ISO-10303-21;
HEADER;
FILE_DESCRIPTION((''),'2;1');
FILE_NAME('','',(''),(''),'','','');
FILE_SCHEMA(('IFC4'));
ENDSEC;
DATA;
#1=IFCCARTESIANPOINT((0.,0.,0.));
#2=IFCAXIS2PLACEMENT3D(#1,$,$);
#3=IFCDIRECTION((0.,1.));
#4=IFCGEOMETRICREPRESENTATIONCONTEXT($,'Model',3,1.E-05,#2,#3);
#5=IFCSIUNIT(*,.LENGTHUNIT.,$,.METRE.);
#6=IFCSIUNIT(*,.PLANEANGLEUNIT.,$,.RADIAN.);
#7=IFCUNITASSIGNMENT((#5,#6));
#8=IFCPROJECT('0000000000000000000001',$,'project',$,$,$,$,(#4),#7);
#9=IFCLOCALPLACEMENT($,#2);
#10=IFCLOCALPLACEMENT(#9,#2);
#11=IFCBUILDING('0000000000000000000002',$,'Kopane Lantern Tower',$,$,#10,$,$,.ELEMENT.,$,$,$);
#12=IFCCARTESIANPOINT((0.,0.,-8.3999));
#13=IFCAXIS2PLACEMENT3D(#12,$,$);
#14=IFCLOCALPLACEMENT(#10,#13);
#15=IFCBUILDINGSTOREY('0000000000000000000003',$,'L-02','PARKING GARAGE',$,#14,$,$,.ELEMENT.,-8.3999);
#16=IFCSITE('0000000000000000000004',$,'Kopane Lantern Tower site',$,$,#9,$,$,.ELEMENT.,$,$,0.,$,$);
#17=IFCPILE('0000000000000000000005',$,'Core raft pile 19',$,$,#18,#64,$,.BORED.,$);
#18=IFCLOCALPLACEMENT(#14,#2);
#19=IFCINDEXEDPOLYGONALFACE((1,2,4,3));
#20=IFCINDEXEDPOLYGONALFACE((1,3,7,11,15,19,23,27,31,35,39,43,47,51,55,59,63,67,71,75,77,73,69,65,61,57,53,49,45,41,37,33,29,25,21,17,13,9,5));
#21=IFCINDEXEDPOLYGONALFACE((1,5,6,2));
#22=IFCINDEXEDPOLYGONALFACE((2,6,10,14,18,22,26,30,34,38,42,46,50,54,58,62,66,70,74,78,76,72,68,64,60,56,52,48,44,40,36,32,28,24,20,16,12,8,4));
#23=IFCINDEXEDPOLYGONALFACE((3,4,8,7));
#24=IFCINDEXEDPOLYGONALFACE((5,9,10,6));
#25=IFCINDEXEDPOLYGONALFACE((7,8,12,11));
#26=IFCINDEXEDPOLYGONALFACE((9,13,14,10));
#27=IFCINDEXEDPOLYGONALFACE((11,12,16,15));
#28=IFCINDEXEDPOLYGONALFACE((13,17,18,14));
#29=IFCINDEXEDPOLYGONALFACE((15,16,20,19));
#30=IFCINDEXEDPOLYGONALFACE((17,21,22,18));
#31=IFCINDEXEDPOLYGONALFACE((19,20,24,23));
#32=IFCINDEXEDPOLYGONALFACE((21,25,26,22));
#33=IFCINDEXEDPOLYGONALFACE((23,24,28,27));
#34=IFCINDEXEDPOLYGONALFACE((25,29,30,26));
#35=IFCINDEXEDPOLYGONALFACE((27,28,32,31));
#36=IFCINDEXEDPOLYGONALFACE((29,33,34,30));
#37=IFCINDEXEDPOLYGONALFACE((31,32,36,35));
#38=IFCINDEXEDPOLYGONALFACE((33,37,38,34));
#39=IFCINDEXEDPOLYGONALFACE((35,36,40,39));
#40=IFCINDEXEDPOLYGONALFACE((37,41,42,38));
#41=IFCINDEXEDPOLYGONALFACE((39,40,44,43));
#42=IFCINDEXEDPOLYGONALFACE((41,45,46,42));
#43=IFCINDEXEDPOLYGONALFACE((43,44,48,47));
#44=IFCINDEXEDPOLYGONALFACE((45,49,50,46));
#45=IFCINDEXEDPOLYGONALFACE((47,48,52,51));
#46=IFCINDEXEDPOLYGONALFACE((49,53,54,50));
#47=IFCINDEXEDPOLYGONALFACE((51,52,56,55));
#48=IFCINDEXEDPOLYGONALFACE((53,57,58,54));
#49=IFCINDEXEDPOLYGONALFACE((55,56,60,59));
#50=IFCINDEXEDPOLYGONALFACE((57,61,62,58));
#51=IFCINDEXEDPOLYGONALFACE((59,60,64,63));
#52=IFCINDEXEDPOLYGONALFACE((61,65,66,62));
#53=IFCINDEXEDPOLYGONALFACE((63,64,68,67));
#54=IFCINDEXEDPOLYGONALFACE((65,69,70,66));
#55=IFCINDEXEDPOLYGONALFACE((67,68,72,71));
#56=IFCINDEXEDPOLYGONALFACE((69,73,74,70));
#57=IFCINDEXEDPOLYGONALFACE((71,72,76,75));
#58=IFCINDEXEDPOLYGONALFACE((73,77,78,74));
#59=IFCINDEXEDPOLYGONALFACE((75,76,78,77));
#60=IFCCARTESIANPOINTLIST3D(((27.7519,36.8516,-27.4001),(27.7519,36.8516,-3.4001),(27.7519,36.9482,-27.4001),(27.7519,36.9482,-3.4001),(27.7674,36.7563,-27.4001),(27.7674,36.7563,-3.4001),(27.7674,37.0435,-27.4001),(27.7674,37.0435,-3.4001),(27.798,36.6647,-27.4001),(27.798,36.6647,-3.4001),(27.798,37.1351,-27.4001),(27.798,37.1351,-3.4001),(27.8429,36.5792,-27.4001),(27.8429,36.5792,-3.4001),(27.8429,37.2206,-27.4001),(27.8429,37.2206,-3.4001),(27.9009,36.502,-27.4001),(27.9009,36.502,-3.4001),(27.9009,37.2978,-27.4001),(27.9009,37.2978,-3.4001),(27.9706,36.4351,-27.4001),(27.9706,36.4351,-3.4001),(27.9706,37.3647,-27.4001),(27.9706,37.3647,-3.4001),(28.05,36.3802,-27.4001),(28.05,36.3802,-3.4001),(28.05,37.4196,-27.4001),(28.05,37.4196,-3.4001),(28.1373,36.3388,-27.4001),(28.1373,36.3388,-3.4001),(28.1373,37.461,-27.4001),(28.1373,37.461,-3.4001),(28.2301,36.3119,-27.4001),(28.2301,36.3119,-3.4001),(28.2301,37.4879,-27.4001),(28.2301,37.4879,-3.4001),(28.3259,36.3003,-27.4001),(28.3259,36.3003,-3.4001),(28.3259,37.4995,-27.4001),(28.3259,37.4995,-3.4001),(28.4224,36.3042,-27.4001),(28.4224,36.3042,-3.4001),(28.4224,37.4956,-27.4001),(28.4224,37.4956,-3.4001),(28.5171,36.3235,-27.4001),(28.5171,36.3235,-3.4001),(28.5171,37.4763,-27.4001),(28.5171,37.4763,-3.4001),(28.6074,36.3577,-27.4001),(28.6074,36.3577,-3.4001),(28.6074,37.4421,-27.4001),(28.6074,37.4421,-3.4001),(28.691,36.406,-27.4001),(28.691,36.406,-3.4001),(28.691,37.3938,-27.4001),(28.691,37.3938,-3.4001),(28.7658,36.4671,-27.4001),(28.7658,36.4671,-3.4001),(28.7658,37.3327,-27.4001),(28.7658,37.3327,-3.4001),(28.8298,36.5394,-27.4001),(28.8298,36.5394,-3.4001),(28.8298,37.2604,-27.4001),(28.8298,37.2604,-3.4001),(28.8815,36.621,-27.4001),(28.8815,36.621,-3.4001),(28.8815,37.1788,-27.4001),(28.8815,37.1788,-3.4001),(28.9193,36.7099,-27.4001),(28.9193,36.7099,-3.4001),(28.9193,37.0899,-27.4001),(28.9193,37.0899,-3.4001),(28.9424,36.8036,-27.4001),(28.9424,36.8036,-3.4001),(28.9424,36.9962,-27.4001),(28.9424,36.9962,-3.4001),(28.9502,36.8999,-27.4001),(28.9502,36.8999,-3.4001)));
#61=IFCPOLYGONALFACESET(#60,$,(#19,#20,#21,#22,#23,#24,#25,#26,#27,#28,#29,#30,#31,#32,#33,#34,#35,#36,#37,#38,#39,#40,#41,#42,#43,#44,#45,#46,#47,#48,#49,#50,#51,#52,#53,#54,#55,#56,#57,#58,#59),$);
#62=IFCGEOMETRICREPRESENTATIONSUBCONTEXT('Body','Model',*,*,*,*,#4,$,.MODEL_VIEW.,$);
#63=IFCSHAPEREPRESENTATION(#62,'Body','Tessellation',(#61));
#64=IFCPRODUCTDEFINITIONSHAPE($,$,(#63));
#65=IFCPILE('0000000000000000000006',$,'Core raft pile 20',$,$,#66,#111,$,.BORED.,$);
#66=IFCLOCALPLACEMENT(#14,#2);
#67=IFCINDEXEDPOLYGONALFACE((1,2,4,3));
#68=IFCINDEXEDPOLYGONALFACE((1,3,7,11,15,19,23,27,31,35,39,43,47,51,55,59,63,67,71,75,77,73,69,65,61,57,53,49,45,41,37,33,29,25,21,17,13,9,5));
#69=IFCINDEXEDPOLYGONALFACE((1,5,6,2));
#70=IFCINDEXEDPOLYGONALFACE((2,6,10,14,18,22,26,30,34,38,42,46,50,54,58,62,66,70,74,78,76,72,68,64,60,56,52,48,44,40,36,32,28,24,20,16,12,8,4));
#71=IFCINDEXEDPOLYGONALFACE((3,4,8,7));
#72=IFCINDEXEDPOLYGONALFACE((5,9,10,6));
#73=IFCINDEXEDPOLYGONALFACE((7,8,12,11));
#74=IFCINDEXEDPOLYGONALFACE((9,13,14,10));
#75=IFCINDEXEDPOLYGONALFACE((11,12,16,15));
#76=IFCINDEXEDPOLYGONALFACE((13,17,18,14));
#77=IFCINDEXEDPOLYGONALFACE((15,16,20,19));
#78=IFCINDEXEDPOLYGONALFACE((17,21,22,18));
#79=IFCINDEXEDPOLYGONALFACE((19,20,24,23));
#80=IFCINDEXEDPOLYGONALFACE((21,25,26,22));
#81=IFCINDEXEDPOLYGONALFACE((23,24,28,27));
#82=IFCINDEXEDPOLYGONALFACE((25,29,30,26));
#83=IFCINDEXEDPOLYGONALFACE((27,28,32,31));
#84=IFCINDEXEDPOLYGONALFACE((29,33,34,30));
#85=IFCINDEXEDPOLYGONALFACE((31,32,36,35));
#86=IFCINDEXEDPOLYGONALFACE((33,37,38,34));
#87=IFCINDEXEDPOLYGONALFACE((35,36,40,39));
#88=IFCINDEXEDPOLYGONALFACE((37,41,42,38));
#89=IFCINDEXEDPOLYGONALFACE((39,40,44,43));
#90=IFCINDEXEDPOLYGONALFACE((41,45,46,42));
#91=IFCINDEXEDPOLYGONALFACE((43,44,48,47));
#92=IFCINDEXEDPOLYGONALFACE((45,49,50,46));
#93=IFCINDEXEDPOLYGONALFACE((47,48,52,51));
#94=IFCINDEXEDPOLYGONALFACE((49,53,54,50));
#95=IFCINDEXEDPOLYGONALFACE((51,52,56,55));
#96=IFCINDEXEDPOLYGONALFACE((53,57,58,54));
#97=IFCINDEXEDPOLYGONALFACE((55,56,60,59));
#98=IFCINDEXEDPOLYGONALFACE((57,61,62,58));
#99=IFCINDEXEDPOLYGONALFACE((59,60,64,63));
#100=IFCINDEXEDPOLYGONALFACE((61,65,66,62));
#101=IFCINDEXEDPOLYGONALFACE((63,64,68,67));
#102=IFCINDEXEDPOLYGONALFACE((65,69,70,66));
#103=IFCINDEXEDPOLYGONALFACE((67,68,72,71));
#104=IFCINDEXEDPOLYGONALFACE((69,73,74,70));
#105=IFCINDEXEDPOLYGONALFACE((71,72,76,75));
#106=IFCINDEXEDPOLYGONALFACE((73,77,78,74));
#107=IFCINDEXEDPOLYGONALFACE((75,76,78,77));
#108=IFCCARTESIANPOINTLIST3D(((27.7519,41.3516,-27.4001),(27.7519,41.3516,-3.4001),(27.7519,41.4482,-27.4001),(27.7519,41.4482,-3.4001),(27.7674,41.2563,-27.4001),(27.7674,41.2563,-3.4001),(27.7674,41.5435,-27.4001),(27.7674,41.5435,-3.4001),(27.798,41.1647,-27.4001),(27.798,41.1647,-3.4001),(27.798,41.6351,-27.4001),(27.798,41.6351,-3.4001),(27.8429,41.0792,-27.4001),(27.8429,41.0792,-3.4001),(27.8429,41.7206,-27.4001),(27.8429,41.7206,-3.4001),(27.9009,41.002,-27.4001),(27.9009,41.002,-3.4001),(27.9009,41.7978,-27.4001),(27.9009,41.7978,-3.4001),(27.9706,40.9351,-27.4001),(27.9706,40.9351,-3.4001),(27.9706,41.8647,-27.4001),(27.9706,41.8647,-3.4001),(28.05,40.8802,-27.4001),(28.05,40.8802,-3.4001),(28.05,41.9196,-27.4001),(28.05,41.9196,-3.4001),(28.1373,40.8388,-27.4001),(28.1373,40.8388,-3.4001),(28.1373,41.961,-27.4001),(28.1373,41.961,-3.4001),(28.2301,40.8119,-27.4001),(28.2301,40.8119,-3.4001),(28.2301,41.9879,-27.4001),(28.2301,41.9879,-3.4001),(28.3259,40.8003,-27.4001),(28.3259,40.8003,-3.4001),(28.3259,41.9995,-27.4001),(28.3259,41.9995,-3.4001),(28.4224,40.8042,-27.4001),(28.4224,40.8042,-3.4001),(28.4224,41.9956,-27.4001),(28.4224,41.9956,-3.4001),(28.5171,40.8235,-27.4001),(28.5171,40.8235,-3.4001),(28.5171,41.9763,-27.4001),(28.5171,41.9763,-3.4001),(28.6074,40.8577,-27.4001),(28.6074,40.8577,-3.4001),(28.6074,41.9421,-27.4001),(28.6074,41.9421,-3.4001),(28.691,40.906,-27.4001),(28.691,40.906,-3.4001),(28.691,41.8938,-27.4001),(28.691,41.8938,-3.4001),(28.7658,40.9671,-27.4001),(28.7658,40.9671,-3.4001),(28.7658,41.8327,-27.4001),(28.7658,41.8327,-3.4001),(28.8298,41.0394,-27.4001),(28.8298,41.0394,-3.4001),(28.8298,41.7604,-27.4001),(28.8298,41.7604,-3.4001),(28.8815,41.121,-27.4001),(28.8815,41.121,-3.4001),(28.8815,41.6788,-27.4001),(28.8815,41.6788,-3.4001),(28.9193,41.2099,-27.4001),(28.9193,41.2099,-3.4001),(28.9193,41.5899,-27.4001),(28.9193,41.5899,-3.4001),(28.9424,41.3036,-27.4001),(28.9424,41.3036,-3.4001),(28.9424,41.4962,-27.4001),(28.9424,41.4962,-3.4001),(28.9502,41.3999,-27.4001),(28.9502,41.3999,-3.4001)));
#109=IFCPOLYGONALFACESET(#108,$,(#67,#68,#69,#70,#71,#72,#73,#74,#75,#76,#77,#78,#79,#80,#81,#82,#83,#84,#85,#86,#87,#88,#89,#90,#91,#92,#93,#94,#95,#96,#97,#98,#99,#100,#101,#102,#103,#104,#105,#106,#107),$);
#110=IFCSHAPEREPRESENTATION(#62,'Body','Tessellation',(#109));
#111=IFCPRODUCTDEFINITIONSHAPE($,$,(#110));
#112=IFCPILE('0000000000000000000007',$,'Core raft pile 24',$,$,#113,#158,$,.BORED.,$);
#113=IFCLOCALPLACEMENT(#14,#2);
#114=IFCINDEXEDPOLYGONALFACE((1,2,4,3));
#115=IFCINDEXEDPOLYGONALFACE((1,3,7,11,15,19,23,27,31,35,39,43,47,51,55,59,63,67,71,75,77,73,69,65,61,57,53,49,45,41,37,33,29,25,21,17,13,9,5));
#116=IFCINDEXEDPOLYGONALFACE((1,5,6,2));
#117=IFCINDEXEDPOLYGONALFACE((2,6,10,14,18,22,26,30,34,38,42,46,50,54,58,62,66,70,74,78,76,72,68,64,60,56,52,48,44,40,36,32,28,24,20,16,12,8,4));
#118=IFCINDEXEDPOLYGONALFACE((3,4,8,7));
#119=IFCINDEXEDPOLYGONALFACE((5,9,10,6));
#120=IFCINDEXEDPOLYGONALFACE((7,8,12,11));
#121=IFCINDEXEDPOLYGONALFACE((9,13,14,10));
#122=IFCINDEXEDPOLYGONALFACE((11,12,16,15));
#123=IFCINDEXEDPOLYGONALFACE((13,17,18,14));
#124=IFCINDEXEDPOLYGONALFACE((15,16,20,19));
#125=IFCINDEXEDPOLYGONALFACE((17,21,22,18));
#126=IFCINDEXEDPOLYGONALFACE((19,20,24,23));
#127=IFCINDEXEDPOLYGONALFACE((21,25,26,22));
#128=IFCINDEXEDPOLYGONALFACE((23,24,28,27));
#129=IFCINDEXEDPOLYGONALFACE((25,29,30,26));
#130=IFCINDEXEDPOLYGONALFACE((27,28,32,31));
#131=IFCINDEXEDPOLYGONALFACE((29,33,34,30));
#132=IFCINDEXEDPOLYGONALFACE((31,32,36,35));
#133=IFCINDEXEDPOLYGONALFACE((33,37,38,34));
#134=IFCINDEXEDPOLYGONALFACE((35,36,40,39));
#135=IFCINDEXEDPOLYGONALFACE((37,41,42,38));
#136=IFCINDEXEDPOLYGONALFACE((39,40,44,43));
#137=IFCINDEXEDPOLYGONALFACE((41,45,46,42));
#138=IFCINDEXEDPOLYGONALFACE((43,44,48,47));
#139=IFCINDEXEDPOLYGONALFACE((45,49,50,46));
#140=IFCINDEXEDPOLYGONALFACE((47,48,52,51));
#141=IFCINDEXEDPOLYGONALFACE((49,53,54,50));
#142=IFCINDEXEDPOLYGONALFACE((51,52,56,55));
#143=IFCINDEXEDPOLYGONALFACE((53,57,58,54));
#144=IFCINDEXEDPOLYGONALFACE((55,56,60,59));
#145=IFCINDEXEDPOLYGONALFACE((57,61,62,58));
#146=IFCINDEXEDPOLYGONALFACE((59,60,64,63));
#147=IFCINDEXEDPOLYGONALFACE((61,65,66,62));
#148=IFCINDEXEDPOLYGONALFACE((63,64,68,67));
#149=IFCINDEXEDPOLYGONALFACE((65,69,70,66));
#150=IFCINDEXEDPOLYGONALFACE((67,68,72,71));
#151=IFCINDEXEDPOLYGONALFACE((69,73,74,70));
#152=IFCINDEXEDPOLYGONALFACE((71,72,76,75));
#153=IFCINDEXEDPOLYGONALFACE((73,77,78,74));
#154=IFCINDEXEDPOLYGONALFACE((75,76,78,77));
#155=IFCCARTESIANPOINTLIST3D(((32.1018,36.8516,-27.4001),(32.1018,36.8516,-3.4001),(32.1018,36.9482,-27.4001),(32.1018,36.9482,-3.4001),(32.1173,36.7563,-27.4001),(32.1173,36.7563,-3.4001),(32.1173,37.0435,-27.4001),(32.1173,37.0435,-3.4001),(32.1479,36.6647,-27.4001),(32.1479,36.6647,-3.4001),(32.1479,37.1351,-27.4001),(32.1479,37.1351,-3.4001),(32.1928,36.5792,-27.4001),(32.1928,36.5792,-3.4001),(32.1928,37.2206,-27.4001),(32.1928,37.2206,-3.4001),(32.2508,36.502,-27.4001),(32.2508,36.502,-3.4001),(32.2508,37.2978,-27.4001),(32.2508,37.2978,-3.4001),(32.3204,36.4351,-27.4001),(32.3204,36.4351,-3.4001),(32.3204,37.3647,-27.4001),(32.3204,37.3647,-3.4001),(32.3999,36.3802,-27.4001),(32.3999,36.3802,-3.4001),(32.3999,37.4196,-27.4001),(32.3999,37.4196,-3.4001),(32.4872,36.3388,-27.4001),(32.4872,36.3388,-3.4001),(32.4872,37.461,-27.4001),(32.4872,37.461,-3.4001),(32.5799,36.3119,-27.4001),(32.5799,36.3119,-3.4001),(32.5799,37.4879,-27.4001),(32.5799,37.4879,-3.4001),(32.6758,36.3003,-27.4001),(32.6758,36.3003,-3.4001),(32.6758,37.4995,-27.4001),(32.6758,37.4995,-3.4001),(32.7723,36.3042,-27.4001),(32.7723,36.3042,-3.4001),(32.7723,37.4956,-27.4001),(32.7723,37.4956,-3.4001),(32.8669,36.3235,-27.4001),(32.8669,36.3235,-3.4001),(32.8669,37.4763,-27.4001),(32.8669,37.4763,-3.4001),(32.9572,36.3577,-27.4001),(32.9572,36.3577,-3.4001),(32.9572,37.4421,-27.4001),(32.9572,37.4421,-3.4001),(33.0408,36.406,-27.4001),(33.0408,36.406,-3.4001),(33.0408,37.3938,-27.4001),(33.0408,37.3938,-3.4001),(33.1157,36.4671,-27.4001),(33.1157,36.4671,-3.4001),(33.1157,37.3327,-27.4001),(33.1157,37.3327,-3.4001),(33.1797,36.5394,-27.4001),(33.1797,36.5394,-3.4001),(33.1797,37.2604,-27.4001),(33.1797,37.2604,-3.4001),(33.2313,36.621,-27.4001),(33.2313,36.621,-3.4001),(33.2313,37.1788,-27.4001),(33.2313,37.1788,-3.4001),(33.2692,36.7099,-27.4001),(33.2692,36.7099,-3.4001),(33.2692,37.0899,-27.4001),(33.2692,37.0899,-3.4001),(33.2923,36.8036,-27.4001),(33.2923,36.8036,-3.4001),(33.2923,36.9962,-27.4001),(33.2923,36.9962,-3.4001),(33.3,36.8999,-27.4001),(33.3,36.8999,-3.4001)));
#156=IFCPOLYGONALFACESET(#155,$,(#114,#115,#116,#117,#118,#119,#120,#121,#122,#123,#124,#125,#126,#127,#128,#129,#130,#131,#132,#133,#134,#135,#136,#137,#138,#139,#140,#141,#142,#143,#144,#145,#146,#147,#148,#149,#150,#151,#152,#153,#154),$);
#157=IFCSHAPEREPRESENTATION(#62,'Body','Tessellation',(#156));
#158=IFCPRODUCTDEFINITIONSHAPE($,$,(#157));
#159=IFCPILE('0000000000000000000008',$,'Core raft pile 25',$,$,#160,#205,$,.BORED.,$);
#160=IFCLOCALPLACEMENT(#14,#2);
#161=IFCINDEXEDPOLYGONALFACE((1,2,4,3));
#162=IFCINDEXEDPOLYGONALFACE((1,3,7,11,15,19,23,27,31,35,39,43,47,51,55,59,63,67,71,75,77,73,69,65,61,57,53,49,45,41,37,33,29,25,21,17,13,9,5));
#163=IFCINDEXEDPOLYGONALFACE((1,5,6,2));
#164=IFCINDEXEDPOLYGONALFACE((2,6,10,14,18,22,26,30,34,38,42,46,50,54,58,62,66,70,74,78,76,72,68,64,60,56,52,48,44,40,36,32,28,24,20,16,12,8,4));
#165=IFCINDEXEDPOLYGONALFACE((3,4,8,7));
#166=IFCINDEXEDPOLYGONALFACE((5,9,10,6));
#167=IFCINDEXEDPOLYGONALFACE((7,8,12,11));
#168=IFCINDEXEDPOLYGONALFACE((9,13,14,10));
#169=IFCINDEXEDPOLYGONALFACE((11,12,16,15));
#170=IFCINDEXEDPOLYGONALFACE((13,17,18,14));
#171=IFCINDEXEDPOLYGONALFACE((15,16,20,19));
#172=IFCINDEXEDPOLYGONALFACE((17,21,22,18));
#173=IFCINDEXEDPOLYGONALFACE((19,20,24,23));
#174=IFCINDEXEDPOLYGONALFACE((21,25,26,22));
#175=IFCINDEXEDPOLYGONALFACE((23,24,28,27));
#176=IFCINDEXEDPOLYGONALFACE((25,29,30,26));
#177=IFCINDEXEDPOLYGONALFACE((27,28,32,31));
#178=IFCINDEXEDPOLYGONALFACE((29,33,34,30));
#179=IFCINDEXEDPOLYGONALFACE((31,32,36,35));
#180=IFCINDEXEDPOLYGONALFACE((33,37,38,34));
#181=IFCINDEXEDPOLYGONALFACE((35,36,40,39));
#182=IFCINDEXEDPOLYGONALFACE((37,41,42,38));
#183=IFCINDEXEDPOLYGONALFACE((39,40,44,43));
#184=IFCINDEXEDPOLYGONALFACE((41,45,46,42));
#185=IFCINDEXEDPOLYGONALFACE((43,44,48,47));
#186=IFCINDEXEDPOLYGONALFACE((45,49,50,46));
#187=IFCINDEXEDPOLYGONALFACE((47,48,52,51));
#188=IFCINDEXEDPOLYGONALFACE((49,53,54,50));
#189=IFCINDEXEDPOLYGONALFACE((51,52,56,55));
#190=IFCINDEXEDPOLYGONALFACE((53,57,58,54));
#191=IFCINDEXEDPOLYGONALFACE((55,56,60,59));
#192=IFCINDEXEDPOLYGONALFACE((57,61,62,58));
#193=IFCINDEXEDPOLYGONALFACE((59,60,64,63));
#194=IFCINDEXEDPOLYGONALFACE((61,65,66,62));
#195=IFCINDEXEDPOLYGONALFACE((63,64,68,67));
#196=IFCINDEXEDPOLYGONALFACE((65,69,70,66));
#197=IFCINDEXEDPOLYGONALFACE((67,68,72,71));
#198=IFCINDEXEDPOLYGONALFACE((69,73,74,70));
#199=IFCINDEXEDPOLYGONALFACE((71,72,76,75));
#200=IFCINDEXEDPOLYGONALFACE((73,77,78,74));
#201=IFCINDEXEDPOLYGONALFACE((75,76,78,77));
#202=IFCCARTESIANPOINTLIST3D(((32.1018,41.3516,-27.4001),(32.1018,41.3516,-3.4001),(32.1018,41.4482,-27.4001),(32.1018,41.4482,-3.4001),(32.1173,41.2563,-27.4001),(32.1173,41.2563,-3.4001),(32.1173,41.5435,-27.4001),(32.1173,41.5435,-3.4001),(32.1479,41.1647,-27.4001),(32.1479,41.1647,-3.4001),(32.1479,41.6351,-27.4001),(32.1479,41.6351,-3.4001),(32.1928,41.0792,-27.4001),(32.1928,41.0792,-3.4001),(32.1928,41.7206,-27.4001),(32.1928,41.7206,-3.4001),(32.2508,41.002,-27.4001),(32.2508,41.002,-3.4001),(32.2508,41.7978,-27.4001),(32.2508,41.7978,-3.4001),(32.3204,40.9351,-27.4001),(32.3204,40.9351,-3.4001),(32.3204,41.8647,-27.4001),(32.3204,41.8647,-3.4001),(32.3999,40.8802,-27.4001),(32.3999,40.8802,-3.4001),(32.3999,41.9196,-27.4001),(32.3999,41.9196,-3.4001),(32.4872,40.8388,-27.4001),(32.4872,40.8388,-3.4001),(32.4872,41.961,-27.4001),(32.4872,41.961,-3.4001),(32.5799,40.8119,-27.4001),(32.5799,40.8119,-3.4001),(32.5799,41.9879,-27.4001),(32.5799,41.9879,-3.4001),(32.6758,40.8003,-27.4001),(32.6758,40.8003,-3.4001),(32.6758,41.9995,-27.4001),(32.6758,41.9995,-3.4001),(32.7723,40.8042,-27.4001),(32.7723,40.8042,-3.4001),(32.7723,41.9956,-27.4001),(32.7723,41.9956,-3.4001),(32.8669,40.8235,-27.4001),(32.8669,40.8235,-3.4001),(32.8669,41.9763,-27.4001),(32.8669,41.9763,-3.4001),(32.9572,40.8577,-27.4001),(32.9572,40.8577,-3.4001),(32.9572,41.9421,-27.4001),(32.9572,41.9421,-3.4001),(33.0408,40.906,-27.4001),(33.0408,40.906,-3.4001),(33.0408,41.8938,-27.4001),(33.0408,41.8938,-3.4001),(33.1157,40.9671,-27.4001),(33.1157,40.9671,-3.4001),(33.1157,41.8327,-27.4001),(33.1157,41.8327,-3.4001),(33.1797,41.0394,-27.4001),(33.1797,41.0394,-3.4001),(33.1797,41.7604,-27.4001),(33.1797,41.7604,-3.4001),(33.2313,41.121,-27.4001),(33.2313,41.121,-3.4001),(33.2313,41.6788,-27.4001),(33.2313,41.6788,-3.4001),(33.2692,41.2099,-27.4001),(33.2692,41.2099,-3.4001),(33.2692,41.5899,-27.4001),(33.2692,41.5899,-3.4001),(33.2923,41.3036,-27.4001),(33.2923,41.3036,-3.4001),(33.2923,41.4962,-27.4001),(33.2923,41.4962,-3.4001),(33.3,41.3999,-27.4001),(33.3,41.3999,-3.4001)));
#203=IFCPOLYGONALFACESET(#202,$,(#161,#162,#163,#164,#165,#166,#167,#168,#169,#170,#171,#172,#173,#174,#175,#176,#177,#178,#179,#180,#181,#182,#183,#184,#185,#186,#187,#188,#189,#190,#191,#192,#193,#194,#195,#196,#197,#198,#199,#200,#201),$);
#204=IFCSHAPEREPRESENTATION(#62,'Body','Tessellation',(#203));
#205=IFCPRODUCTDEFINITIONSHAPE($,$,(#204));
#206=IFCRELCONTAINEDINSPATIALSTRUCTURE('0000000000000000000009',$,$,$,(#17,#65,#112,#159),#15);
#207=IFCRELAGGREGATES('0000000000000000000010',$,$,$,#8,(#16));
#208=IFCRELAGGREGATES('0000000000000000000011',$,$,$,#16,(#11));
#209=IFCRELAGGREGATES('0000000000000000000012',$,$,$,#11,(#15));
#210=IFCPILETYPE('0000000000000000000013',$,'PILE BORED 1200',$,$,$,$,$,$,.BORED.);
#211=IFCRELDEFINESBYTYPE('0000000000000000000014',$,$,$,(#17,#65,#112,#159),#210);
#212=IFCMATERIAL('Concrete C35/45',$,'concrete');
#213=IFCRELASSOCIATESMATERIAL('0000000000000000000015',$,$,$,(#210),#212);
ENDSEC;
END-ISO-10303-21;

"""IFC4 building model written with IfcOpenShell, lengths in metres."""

from ifc_helpers import new_model, si_unit, direction, frame, origin, origin_2d, place, context, subcontext, project, spatial, circle, extrude, material, material_profile, profile_set, type_object, element, save


model = new_model("IFC4")

# Units and contexts
model_context = context("Model", 3, precision=1e-05, world=origin(), true_north=direction((0.0, 1.0)))
body_context = subcontext(model_context, "Body", "Model", "MODEL_VIEW")
ifc_project = project(units=[si_unit("LENGTHUNIT", "METRE"), si_unit("PLANEANGLEUNIT", "RADIAN")], contexts=[model_context])

# Site, building, storey
site_placement = place(None, origin())
site = spatial("IfcSite", under=ifc_project, at=site_placement, Name="Kopane Lantern Tower site", CompositionType="ELEMENT", RefElevation=0.0)
building_placement = place(site_placement, origin())
building = spatial("IfcBuilding", under=site, at=building_placement, Name="Kopane Lantern Tower", CompositionType="ELEMENT")
storey_placement = place(building_placement, frame((0.0, 0.0, -8.3999)))
storey = spatial("IfcBuildingStorey", under=building, at=storey_placement, Name="L-02", Description="PARKING GARAGE", CompositionType="ELEMENT", Elevation=-8.3999)

# Piles
ifc_material_1 = material(Name="Concrete C35/45", Category="concrete")
ifc_material_profile_1 = material_profile(ifc_material_1, circle(Radius=0.6001, at=origin_2d()), Name="D1200")
ifc_profile_set_1 = profile_set([ifc_material_profile_1], Name="Concrete C35/45")
pile_type_1 = type_object("IfcPileType", Name="PILE BORED 1200", PredefinedType="BORED", material=ifc_profile_set_1)
for number, where, z_axis, x_axis, name in (
    (1, (28.3501, 36.8999, -3.4001), (0.0, 0.0, -1.0), (1.0, 0.0, 0.0), "Core raft pile 19"),
    (2, (28.3501, 41.3999, -3.4001), (0.0, 0.0, -1.0), (1.0, 0.0, 0.0), "Core raft pile 20"),
    (3, (32.7, 36.8999, -3.4001), (0.0, 0.0, -1.0), (1.0, 0.0, 0.0), "Core raft pile 24"),
    (4, (32.7, 41.3999, -3.4001), (0.0, 0.0, -1.0), (1.0, 0.0, 0.0), "Core raft pile 25"),
):
    element("IfcPile", number, at=place(storey_placement, frame(where, z_axis=z_axis, x_axis=x_axis)), inside=storey, type_object=pile_type_1, Name=name, PredefinedType="BORED", context=body_context, shape_type="SweptSolid", body=[
        extrude(circle(Radius=0.6001, at=origin_2d()), origin(), (0.0, 0.0, 1.0), 24.0),
    ])

save(model, "model.ifc")
